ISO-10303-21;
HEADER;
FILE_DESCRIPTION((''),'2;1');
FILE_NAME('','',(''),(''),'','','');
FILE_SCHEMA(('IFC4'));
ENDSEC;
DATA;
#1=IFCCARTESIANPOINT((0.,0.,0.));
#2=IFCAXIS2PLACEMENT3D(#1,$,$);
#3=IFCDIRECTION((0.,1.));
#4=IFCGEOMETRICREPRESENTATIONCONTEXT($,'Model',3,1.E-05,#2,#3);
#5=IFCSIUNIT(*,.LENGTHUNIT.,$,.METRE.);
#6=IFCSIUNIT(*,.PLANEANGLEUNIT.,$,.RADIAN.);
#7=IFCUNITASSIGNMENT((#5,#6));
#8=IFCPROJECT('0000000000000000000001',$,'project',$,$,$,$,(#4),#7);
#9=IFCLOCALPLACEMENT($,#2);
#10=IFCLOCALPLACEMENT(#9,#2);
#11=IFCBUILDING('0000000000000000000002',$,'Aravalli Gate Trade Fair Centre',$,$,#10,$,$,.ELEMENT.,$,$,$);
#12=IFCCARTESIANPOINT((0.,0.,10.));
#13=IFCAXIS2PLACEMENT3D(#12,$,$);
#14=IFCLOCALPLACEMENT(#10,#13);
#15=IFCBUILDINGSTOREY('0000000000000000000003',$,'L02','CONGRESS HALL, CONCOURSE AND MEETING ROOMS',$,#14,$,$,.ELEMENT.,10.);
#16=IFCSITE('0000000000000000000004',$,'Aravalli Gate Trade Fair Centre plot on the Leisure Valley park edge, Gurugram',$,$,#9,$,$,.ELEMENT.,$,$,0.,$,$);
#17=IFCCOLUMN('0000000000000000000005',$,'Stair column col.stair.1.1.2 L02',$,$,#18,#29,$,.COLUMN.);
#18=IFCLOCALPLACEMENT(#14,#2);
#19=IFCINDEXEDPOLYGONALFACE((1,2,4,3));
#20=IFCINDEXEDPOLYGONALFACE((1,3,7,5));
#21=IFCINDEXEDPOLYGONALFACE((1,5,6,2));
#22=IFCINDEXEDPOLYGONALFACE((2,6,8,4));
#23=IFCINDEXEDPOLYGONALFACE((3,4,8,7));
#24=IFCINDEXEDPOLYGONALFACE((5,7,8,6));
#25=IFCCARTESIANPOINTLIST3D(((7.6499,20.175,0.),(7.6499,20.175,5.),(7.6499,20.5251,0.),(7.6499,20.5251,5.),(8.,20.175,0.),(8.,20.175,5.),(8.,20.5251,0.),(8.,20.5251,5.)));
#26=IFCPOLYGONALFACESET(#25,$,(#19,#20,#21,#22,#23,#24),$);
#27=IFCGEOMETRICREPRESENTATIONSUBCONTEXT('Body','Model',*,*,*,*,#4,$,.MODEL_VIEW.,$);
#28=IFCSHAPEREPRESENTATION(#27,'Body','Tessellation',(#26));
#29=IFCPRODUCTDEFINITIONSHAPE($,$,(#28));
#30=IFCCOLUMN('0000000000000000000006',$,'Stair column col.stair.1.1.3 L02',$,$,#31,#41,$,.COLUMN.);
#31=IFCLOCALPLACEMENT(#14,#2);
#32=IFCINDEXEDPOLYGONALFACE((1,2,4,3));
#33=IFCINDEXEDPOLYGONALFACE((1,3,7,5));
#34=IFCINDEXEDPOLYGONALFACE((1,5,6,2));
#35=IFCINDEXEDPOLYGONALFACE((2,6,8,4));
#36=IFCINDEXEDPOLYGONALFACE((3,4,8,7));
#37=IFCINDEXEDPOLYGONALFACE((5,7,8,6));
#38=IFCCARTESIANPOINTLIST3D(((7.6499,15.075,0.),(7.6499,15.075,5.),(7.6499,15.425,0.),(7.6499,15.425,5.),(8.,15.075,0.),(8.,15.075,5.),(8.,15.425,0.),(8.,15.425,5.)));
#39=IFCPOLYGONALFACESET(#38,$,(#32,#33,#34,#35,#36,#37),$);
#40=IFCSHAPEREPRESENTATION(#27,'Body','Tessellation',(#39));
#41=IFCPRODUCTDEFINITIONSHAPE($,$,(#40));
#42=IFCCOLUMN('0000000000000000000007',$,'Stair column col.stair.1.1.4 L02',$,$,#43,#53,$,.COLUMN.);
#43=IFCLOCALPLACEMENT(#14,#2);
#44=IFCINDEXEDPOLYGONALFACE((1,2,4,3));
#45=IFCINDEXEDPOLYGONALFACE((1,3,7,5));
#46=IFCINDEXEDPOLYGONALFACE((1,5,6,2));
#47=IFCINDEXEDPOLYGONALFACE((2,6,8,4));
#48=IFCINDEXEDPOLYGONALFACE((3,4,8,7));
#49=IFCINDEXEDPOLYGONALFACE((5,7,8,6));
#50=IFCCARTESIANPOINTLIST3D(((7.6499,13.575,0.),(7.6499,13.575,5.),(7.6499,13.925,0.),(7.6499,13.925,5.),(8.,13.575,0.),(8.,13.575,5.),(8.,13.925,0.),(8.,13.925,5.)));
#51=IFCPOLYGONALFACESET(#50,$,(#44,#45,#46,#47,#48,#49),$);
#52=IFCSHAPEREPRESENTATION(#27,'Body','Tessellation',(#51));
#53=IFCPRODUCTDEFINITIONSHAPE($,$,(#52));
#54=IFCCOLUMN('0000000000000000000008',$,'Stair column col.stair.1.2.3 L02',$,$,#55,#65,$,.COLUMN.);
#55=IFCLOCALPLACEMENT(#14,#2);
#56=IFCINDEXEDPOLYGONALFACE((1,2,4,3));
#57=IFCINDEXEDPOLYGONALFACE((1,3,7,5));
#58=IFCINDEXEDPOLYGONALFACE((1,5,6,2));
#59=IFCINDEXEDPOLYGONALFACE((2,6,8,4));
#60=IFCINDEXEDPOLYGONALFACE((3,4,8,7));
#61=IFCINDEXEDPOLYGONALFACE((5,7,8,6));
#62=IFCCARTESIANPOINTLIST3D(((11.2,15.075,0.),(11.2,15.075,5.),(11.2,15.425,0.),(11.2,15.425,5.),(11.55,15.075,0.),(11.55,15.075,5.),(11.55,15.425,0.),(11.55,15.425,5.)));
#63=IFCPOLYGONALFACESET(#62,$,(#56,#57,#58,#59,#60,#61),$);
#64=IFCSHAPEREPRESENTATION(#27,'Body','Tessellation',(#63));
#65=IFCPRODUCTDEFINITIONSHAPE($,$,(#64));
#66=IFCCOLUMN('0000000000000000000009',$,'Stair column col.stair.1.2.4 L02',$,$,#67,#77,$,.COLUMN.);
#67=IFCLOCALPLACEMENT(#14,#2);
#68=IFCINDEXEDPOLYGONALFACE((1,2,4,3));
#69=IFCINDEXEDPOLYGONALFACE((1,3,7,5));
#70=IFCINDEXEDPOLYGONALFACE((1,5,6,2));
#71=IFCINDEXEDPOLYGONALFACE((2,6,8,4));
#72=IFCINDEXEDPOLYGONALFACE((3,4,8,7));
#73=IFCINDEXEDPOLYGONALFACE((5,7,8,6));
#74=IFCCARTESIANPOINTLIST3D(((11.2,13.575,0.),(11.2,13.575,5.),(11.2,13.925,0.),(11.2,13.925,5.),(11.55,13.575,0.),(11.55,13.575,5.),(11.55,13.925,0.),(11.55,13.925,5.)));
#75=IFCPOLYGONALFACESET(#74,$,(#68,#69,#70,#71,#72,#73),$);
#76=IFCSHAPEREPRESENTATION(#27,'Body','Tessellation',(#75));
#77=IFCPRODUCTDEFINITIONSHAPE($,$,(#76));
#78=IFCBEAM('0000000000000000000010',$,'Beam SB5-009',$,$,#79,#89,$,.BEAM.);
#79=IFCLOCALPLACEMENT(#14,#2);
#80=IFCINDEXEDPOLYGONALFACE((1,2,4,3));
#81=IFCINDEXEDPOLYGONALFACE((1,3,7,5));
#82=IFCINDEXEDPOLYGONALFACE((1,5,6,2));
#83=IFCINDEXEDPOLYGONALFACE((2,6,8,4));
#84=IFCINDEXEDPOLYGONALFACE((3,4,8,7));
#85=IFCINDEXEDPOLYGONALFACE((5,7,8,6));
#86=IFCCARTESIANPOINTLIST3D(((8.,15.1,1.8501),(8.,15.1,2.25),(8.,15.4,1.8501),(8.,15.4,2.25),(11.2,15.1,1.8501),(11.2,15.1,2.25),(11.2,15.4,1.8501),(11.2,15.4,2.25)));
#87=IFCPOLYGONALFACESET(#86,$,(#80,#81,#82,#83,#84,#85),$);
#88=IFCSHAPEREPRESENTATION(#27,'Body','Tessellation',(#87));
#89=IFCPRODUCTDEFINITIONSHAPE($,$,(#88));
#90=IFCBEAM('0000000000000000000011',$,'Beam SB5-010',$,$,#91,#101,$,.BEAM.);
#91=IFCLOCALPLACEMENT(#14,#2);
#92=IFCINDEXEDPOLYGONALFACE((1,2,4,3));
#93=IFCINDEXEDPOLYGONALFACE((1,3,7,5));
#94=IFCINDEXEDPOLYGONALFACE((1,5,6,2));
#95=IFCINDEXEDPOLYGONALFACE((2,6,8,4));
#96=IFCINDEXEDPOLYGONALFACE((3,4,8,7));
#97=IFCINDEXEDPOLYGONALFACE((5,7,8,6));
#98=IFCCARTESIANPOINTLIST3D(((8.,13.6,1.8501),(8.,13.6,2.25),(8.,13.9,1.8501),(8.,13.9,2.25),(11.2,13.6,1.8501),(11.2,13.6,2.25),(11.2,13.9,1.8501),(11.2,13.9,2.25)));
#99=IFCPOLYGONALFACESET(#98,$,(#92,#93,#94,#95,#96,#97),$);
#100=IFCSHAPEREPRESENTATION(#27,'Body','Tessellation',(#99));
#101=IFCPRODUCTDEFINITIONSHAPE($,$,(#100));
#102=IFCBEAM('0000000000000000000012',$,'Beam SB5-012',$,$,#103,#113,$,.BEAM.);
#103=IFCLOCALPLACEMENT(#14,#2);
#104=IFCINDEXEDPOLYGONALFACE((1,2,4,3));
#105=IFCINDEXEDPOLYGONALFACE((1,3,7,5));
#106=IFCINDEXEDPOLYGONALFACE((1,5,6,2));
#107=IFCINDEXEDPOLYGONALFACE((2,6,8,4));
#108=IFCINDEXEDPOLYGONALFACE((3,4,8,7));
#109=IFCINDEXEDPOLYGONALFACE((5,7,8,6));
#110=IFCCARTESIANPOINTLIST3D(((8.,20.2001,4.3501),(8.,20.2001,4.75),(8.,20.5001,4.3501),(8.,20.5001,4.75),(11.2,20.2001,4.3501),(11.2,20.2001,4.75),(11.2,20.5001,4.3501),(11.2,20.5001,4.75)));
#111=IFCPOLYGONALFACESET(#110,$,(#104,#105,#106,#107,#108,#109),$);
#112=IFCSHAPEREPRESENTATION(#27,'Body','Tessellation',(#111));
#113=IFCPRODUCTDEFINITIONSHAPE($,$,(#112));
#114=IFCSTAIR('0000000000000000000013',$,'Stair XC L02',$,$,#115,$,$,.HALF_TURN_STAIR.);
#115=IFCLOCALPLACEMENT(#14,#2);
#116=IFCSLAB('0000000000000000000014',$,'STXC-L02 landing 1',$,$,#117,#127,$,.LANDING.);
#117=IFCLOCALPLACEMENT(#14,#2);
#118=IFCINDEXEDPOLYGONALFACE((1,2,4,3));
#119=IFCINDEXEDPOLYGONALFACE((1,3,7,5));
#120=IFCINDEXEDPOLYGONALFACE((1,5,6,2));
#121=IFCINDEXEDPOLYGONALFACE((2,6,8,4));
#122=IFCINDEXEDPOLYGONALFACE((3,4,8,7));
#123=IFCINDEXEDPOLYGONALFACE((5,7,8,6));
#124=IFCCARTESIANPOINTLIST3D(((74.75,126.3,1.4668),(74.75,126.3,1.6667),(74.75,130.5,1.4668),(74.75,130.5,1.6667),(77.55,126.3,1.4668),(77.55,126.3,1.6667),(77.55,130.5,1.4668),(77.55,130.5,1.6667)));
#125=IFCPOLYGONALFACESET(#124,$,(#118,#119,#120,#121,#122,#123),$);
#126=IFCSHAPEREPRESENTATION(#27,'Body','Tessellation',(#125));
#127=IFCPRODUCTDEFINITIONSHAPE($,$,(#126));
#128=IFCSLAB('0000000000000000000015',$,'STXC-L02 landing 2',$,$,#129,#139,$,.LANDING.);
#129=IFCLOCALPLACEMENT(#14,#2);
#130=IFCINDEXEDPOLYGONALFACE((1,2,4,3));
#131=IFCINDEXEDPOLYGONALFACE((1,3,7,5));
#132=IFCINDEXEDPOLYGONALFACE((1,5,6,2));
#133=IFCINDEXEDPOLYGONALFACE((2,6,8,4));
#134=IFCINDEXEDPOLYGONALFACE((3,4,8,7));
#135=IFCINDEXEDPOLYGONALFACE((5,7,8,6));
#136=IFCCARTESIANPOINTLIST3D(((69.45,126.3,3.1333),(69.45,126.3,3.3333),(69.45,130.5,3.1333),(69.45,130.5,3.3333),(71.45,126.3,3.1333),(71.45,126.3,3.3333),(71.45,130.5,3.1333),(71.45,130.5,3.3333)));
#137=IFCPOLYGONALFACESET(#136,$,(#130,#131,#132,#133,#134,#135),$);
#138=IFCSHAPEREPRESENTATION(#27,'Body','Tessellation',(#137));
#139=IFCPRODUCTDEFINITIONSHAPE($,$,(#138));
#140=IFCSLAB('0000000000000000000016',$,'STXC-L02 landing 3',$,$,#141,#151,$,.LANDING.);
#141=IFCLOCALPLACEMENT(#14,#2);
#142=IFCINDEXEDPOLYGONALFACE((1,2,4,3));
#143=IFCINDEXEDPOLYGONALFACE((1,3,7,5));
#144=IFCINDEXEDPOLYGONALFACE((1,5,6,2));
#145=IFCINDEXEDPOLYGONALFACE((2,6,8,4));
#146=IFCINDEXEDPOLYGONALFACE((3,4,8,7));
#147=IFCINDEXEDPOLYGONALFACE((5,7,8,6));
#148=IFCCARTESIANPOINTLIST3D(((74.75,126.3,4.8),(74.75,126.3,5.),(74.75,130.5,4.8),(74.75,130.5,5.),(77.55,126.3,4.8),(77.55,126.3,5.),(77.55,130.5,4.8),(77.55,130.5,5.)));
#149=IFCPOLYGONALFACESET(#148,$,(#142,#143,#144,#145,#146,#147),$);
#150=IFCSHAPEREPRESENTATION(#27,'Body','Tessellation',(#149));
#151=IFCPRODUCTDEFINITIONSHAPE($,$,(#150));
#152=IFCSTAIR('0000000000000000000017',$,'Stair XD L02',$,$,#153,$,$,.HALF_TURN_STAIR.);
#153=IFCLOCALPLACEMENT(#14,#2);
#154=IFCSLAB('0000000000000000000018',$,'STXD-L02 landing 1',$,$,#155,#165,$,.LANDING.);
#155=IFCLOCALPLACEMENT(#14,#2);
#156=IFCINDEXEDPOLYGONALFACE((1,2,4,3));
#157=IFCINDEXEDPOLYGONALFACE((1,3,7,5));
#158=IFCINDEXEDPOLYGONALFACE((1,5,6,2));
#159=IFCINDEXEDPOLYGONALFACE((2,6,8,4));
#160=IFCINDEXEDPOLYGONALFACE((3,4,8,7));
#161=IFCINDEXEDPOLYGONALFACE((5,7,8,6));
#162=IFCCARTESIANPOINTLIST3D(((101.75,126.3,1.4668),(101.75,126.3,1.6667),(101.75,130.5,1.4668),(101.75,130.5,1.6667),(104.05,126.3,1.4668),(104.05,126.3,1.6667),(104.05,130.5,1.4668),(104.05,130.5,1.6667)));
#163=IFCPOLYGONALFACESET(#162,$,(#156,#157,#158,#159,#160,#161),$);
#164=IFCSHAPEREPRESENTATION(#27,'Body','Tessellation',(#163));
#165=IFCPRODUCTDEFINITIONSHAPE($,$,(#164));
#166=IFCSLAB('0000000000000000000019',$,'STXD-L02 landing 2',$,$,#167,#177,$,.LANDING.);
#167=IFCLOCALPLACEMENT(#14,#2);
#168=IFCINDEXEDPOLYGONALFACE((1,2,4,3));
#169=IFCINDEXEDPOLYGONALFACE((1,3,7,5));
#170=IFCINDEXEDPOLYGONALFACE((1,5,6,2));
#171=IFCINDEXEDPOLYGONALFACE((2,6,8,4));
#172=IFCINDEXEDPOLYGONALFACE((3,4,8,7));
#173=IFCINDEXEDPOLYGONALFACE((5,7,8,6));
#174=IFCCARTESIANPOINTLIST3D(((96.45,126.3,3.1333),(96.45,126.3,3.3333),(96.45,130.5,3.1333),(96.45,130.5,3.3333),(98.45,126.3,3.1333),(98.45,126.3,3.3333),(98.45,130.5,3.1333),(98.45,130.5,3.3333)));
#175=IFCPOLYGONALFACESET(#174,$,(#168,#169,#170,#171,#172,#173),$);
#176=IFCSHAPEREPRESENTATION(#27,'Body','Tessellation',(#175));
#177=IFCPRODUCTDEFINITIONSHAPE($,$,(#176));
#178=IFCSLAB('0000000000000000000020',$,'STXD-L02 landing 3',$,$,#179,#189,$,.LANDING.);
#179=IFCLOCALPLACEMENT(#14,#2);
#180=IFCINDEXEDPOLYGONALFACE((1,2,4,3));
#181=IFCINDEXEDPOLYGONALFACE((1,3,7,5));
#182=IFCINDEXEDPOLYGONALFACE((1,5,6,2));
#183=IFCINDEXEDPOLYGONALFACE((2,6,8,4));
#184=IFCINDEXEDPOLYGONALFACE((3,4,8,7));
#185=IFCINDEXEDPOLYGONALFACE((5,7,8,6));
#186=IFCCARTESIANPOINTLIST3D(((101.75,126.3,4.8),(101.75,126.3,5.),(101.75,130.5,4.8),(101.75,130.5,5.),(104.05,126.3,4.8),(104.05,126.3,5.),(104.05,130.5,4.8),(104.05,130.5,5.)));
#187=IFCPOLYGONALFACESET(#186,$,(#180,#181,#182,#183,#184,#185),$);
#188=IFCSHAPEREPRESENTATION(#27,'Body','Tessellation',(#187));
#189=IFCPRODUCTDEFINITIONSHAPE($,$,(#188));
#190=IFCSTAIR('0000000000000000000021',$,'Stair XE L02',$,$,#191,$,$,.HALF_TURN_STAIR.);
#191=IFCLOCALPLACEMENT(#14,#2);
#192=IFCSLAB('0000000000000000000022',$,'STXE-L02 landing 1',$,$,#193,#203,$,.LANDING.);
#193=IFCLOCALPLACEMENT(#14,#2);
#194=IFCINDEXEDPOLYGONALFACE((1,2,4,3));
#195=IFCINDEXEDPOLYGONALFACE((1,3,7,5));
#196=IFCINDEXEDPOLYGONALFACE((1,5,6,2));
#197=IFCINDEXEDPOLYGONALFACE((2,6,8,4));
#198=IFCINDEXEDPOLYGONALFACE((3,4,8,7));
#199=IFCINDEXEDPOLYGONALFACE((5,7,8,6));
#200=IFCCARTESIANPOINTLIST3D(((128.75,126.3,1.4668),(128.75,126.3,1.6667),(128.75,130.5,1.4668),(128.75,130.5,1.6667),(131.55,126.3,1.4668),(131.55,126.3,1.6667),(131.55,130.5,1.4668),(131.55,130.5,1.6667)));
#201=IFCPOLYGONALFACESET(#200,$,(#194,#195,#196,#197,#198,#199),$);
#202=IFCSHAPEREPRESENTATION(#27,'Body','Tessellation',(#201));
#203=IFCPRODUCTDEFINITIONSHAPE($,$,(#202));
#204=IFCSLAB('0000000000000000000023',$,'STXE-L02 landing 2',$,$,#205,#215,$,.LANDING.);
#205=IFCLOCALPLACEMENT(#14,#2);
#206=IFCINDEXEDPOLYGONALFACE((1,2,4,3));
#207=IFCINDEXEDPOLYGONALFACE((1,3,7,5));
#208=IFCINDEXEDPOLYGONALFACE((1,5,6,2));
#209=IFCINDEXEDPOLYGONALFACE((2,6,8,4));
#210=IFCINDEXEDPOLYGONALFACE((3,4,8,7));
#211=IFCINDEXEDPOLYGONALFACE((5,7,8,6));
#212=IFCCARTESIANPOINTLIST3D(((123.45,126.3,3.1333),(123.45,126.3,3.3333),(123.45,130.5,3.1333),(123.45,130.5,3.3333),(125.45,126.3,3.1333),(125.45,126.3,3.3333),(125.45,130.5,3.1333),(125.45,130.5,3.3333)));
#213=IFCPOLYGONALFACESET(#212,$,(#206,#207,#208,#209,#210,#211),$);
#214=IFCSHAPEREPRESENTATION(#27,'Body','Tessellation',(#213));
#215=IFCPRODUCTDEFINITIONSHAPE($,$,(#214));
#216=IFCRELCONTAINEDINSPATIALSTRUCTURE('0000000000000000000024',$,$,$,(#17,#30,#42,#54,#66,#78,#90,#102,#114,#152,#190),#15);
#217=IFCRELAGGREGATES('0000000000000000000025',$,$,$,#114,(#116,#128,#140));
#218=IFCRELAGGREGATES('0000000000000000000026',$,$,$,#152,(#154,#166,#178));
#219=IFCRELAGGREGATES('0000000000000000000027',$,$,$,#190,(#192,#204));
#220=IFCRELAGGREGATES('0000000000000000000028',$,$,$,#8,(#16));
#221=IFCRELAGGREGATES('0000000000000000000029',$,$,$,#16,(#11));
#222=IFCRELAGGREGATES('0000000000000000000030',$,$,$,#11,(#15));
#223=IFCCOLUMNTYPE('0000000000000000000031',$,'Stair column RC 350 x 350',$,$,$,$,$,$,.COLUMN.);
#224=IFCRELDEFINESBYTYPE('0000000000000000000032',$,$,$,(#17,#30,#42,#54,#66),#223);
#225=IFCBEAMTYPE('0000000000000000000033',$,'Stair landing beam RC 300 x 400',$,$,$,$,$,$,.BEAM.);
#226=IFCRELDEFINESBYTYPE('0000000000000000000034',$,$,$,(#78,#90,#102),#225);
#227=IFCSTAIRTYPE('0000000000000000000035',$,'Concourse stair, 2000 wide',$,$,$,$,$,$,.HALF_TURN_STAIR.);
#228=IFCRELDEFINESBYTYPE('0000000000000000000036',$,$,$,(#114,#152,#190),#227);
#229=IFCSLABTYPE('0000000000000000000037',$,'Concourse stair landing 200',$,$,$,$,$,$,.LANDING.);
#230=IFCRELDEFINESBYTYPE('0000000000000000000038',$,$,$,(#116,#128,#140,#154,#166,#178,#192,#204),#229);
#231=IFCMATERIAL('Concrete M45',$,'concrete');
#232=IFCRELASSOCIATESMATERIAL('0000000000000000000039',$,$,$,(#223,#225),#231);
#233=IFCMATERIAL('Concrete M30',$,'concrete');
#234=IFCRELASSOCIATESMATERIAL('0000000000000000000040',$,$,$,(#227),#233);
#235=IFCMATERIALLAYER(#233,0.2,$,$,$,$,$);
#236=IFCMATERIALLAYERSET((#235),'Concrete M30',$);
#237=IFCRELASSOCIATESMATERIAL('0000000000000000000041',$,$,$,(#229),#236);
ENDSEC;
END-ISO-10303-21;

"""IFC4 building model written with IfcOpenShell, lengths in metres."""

from ifc_helpers import new_model, si_unit, direction, frame, origin, origin_2d, place, context, subcontext, project, spatial, polyline, rectangle, outline, extrude, material, layer, layer_set, material_profile, profile_set, type_object, element, aggregate, save


model = new_model("IFC4")

# Units and contexts
model_context = context("Model", 3, precision=1e-05, world=origin(), true_north=direction((0.0, 1.0)))
body_context = subcontext(model_context, "Body", "Model", "MODEL_VIEW")
ifc_project = project(units=[si_unit("LENGTHUNIT", "METRE"), si_unit("PLANEANGLEUNIT", "RADIAN")], contexts=[model_context])

# Site, building, storey
site_placement = place(None, origin())
site = spatial("IfcSite", under=ifc_project, at=site_placement, Name="Aravalli Gate Trade Fair Centre plot on the Leisure Valley park edge, Gurugram", CompositionType="ELEMENT", RefElevation=0.0)
building_placement = place(site_placement, origin())
building = spatial("IfcBuilding", under=site, at=building_placement, Name="Aravalli Gate Trade Fair Centre", CompositionType="ELEMENT")
storey_placement = place(building_placement, frame((0.0, 0.0, 10.0)))
storey = spatial("IfcBuildingStorey", under=building, at=storey_placement, Name="L02", Description="CONGRESS HALL, CONCOURSE AND MEETING ROOMS", CompositionType="ELEMENT", Elevation=10.0)

# Columns
ifc_material_1 = material(Name="Concrete M45", Category="concrete")
ifc_material_profile_1 = material_profile(ifc_material_1, rectangle(XDim=0.3501, YDim=0.3501, at=origin_2d()), Name="Stair column RC 350 x 350")
ifc_profile_set_1 = profile_set([ifc_material_profile_1], Name="Concrete M45")
column_type = type_object("IfcColumnType", Name="Stair column RC 350 x 350", PredefinedType="COLUMN", material=ifc_profile_set_1)
for number, where, z_axis, x_axis, name in (
    (1, (7.825, 20.3501, 0.0), (0.0, 0.0, 1.0), (1.0, 0.0, 0.0), "Stair column col.stair.1.1.2 L02"),
    (2, (7.825, 15.25, 0.0), (0.0, 0.0, 1.0), (1.0, 0.0, 0.0), "Stair column col.stair.1.1.3 L02"),
    (3, (7.825, 13.75, 0.0), (0.0, 0.0, 1.0), (1.0, 0.0, 0.0), "Stair column col.stair.1.1.4 L02"),
    (4, (11.375, 15.25, 0.0), (0.0, 0.0, 1.0), (1.0, 0.0, 0.0), "Stair column col.stair.1.2.3 L02"),
    (5, (11.375, 13.75, 0.0), (0.0, 0.0, 1.0), (1.0, 0.0, 0.0), "Stair column col.stair.1.2.4 L02"),
):
    element("IfcColumn", number, at=place(storey_placement, frame(where, z_axis=z_axis, x_axis=x_axis)), inside=storey, type_object=column_type, Name=name, PredefinedType="COLUMN", context=body_context, shape_type="SweptSolid", body=[
        extrude(rectangle(XDim=0.3501, YDim=0.3501, at=origin_2d()), origin(), (0.0, 0.0, 1.0), 5.0),
    ])

# Beams
ifc_material_profile_2 = material_profile(ifc_material_1, rectangle(XDim=0.3, YDim=0.3999, at=origin_2d()), Name="Stair landing beam RC 300 x 400")
ifc_profile_set_2 = profile_set([ifc_material_profile_2], Name="Concrete M45")
beam_type = type_object("IfcBeamType", Name="Stair landing beam RC 300 x 400", PredefinedType="BEAM", material=ifc_profile_set_2)
for number, where, z_axis, x_axis, name in (
    (6, (8.0, 15.25, 2.05), (1.0, 0.0, 0.0), (0.0, 1.0, 0.0), "Beam SB5-009"),
    (7, (8.0, 13.75, 2.05), (1.0, 0.0, 0.0), (0.0, 1.0, 0.0), "Beam SB5-010"),
    (8, (8.0, 20.3501, 4.55), (1.0, 0.0, 0.0), (0.0, 1.0, 0.0), "Beam SB5-012"),
):
    element("IfcBeam", number, at=place(storey_placement, frame(where, z_axis=z_axis, x_axis=x_axis)), inside=storey, type_object=beam_type, Name=name, PredefinedType="BEAM", context=body_context, shape_type="SweptSolid", body=[
        extrude(rectangle(XDim=0.3, YDim=0.3999, at=origin_2d()), origin(), (0.0, 0.0, 1.0), 3.2),
    ])

# Stairs, slabs
ifc_material_2 = material(Name="Concrete M30", Category="concrete")
stair_type_1 = type_object("IfcStairType", Name="Concourse stair, 2000 wide", PredefinedType="HALF_TURN_STAIR", material=ifc_material_2)
stair_1_placement = place(storey_placement, origin())
stair_1 = element("IfcStair", 9, at=stair_1_placement, inside=storey, type_object=stair_type_1, Name="Stair XC L02", PredefinedType="HALF_TURN_STAIR")
ifc_layer_1 = layer(ifc_material_2, 0.2)
ifc_layer_set_1 = layer_set([ifc_layer_1], Name="Concrete M30")
slab_type_1 = type_object("IfcSlabType", Name="Concourse stair landing 200", PredefinedType="LANDING", material=ifc_layer_set_1)
slab_1_placement = place(storey_placement, frame((0.0, 0.0, 1.4668)))
slab_1 = element("IfcSlab", 10, at=slab_1_placement, type_object=slab_type_1, Name="STXC-L02 landing 1", PredefinedType="LANDING", context=body_context, shape_type="SweptSolid", body=[
    extrude(outline(polyline([(74.75, 126.3), (77.55, 126.3), (77.55, 130.5), (74.75, 130.5), (74.75, 126.3)])), origin(), (0.0, 0.0, 1.0), 0.2),
])
slab_2_placement = place(storey_placement, frame((0.0, 0.0, 3.1333)))
slab_2 = element("IfcSlab", 11, at=slab_2_placement, type_object=slab_type_1, Name="STXC-L02 landing 2", PredefinedType="LANDING", context=body_context, shape_type="SweptSolid", body=[
    extrude(outline(polyline([(69.45, 126.3), (71.45, 126.3), (71.45, 130.5), (69.45, 130.5), (69.45, 126.3)])), origin(), (0.0, 0.0, 1.0), 0.2),
])
slab_3_placement = place(storey_placement, frame((0.0, 0.0, 4.8)))
slab_3 = element("IfcSlab", 12, at=slab_3_placement, type_object=slab_type_1, Name="STXC-L02 landing 3", PredefinedType="LANDING", context=body_context, shape_type="SweptSolid", body=[
    extrude(outline(polyline([(74.75, 126.3), (77.55, 126.3), (77.55, 130.5), (74.75, 130.5), (74.75, 126.3)])), origin(), (0.0, 0.0, 1.0), 0.2),
])
aggregate(stair_1, [slab_1, slab_2, slab_3])
stair_2_placement = place(storey_placement, origin())
stair_2 = element("IfcStair", 13, at=stair_2_placement, inside=storey, type_object=stair_type_1, Name="Stair XD L02", PredefinedType="HALF_TURN_STAIR")
slab_4_placement = place(storey_placement, frame((0.0, 0.0, 1.4668)))
slab_4 = element("IfcSlab", 14, at=slab_4_placement, type_object=slab_type_1, Name="STXD-L02 landing 1", PredefinedType="LANDING", context=body_context, shape_type="SweptSolid", body=[
    extrude(outline(polyline([(101.75, 126.3), (104.05, 126.3), (104.05, 130.5), (101.75, 130.5), (101.75, 126.3)])), origin(), (0.0, 0.0, 1.0), 0.2),
])
slab_5_placement = place(storey_placement, frame((0.0, 0.0, 3.1333)))
slab_5 = element("IfcSlab", 15, at=slab_5_placement, type_object=slab_type_1, Name="STXD-L02 landing 2", PredefinedType="LANDING", context=body_context, shape_type="SweptSolid", body=[
    extrude(outline(polyline([(96.45, 126.3), (98.45, 126.3), (98.45, 130.5), (96.45, 130.5), (96.45, 126.3)])), origin(), (0.0, 0.0, 1.0), 0.2),
])
slab_6_placement = place(storey_placement, frame((0.0, 0.0, 4.8)))
slab_6 = element("IfcSlab", 16, at=slab_6_placement, type_object=slab_type_1, Name="STXD-L02 landing 3", PredefinedType="LANDING", context=body_context, shape_type="SweptSolid", body=[
    extrude(outline(polyline([(101.75, 126.3), (104.05, 126.3), (104.05, 130.5), (101.75, 130.5), (101.75, 126.3)])), origin(), (0.0, 0.0, 1.0), 0.2),
])
aggregate(stair_2, [slab_4, slab_5, slab_6])
stair_3_placement = place(storey_placement, origin())
stair_3 = element("IfcStair", 17, at=stair_3_placement, inside=storey, type_object=stair_type_1, Name="Stair XE L02", PredefinedType="HALF_TURN_STAIR")
slab_7_placement = place(storey_placement, frame((0.0, 0.0, 1.4668)))
slab_7 = element("IfcSlab", 18, at=slab_7_placement, type_object=slab_type_1, Name="STXE-L02 landing 1", PredefinedType="LANDING", context=body_context, shape_type="SweptSolid", body=[
    extrude(outline(polyline([(128.75, 126.3), (131.55, 126.3), (131.55, 130.5), (128.75, 130.5), (128.75, 126.3)])), origin(), (0.0, 0.0, 1.0), 0.2),
])
slab_8_placement = place(storey_placement, frame((0.0, 0.0, 3.1333)))
slab_8 = element("IfcSlab", 19, at=slab_8_placement, type_object=slab_type_1, Name="STXE-L02 landing 2", PredefinedType="LANDING", context=body_context, shape_type="SweptSolid", body=[
    extrude(outline(polyline([(123.45, 126.3), (125.45, 126.3), (125.45, 130.5), (123.45, 130.5), (123.45, 126.3)])), origin(), (0.0, 0.0, 1.0), 0.2),
])
aggregate(stair_3, [slab_7, slab_8])

save(model, "model.ifc")
